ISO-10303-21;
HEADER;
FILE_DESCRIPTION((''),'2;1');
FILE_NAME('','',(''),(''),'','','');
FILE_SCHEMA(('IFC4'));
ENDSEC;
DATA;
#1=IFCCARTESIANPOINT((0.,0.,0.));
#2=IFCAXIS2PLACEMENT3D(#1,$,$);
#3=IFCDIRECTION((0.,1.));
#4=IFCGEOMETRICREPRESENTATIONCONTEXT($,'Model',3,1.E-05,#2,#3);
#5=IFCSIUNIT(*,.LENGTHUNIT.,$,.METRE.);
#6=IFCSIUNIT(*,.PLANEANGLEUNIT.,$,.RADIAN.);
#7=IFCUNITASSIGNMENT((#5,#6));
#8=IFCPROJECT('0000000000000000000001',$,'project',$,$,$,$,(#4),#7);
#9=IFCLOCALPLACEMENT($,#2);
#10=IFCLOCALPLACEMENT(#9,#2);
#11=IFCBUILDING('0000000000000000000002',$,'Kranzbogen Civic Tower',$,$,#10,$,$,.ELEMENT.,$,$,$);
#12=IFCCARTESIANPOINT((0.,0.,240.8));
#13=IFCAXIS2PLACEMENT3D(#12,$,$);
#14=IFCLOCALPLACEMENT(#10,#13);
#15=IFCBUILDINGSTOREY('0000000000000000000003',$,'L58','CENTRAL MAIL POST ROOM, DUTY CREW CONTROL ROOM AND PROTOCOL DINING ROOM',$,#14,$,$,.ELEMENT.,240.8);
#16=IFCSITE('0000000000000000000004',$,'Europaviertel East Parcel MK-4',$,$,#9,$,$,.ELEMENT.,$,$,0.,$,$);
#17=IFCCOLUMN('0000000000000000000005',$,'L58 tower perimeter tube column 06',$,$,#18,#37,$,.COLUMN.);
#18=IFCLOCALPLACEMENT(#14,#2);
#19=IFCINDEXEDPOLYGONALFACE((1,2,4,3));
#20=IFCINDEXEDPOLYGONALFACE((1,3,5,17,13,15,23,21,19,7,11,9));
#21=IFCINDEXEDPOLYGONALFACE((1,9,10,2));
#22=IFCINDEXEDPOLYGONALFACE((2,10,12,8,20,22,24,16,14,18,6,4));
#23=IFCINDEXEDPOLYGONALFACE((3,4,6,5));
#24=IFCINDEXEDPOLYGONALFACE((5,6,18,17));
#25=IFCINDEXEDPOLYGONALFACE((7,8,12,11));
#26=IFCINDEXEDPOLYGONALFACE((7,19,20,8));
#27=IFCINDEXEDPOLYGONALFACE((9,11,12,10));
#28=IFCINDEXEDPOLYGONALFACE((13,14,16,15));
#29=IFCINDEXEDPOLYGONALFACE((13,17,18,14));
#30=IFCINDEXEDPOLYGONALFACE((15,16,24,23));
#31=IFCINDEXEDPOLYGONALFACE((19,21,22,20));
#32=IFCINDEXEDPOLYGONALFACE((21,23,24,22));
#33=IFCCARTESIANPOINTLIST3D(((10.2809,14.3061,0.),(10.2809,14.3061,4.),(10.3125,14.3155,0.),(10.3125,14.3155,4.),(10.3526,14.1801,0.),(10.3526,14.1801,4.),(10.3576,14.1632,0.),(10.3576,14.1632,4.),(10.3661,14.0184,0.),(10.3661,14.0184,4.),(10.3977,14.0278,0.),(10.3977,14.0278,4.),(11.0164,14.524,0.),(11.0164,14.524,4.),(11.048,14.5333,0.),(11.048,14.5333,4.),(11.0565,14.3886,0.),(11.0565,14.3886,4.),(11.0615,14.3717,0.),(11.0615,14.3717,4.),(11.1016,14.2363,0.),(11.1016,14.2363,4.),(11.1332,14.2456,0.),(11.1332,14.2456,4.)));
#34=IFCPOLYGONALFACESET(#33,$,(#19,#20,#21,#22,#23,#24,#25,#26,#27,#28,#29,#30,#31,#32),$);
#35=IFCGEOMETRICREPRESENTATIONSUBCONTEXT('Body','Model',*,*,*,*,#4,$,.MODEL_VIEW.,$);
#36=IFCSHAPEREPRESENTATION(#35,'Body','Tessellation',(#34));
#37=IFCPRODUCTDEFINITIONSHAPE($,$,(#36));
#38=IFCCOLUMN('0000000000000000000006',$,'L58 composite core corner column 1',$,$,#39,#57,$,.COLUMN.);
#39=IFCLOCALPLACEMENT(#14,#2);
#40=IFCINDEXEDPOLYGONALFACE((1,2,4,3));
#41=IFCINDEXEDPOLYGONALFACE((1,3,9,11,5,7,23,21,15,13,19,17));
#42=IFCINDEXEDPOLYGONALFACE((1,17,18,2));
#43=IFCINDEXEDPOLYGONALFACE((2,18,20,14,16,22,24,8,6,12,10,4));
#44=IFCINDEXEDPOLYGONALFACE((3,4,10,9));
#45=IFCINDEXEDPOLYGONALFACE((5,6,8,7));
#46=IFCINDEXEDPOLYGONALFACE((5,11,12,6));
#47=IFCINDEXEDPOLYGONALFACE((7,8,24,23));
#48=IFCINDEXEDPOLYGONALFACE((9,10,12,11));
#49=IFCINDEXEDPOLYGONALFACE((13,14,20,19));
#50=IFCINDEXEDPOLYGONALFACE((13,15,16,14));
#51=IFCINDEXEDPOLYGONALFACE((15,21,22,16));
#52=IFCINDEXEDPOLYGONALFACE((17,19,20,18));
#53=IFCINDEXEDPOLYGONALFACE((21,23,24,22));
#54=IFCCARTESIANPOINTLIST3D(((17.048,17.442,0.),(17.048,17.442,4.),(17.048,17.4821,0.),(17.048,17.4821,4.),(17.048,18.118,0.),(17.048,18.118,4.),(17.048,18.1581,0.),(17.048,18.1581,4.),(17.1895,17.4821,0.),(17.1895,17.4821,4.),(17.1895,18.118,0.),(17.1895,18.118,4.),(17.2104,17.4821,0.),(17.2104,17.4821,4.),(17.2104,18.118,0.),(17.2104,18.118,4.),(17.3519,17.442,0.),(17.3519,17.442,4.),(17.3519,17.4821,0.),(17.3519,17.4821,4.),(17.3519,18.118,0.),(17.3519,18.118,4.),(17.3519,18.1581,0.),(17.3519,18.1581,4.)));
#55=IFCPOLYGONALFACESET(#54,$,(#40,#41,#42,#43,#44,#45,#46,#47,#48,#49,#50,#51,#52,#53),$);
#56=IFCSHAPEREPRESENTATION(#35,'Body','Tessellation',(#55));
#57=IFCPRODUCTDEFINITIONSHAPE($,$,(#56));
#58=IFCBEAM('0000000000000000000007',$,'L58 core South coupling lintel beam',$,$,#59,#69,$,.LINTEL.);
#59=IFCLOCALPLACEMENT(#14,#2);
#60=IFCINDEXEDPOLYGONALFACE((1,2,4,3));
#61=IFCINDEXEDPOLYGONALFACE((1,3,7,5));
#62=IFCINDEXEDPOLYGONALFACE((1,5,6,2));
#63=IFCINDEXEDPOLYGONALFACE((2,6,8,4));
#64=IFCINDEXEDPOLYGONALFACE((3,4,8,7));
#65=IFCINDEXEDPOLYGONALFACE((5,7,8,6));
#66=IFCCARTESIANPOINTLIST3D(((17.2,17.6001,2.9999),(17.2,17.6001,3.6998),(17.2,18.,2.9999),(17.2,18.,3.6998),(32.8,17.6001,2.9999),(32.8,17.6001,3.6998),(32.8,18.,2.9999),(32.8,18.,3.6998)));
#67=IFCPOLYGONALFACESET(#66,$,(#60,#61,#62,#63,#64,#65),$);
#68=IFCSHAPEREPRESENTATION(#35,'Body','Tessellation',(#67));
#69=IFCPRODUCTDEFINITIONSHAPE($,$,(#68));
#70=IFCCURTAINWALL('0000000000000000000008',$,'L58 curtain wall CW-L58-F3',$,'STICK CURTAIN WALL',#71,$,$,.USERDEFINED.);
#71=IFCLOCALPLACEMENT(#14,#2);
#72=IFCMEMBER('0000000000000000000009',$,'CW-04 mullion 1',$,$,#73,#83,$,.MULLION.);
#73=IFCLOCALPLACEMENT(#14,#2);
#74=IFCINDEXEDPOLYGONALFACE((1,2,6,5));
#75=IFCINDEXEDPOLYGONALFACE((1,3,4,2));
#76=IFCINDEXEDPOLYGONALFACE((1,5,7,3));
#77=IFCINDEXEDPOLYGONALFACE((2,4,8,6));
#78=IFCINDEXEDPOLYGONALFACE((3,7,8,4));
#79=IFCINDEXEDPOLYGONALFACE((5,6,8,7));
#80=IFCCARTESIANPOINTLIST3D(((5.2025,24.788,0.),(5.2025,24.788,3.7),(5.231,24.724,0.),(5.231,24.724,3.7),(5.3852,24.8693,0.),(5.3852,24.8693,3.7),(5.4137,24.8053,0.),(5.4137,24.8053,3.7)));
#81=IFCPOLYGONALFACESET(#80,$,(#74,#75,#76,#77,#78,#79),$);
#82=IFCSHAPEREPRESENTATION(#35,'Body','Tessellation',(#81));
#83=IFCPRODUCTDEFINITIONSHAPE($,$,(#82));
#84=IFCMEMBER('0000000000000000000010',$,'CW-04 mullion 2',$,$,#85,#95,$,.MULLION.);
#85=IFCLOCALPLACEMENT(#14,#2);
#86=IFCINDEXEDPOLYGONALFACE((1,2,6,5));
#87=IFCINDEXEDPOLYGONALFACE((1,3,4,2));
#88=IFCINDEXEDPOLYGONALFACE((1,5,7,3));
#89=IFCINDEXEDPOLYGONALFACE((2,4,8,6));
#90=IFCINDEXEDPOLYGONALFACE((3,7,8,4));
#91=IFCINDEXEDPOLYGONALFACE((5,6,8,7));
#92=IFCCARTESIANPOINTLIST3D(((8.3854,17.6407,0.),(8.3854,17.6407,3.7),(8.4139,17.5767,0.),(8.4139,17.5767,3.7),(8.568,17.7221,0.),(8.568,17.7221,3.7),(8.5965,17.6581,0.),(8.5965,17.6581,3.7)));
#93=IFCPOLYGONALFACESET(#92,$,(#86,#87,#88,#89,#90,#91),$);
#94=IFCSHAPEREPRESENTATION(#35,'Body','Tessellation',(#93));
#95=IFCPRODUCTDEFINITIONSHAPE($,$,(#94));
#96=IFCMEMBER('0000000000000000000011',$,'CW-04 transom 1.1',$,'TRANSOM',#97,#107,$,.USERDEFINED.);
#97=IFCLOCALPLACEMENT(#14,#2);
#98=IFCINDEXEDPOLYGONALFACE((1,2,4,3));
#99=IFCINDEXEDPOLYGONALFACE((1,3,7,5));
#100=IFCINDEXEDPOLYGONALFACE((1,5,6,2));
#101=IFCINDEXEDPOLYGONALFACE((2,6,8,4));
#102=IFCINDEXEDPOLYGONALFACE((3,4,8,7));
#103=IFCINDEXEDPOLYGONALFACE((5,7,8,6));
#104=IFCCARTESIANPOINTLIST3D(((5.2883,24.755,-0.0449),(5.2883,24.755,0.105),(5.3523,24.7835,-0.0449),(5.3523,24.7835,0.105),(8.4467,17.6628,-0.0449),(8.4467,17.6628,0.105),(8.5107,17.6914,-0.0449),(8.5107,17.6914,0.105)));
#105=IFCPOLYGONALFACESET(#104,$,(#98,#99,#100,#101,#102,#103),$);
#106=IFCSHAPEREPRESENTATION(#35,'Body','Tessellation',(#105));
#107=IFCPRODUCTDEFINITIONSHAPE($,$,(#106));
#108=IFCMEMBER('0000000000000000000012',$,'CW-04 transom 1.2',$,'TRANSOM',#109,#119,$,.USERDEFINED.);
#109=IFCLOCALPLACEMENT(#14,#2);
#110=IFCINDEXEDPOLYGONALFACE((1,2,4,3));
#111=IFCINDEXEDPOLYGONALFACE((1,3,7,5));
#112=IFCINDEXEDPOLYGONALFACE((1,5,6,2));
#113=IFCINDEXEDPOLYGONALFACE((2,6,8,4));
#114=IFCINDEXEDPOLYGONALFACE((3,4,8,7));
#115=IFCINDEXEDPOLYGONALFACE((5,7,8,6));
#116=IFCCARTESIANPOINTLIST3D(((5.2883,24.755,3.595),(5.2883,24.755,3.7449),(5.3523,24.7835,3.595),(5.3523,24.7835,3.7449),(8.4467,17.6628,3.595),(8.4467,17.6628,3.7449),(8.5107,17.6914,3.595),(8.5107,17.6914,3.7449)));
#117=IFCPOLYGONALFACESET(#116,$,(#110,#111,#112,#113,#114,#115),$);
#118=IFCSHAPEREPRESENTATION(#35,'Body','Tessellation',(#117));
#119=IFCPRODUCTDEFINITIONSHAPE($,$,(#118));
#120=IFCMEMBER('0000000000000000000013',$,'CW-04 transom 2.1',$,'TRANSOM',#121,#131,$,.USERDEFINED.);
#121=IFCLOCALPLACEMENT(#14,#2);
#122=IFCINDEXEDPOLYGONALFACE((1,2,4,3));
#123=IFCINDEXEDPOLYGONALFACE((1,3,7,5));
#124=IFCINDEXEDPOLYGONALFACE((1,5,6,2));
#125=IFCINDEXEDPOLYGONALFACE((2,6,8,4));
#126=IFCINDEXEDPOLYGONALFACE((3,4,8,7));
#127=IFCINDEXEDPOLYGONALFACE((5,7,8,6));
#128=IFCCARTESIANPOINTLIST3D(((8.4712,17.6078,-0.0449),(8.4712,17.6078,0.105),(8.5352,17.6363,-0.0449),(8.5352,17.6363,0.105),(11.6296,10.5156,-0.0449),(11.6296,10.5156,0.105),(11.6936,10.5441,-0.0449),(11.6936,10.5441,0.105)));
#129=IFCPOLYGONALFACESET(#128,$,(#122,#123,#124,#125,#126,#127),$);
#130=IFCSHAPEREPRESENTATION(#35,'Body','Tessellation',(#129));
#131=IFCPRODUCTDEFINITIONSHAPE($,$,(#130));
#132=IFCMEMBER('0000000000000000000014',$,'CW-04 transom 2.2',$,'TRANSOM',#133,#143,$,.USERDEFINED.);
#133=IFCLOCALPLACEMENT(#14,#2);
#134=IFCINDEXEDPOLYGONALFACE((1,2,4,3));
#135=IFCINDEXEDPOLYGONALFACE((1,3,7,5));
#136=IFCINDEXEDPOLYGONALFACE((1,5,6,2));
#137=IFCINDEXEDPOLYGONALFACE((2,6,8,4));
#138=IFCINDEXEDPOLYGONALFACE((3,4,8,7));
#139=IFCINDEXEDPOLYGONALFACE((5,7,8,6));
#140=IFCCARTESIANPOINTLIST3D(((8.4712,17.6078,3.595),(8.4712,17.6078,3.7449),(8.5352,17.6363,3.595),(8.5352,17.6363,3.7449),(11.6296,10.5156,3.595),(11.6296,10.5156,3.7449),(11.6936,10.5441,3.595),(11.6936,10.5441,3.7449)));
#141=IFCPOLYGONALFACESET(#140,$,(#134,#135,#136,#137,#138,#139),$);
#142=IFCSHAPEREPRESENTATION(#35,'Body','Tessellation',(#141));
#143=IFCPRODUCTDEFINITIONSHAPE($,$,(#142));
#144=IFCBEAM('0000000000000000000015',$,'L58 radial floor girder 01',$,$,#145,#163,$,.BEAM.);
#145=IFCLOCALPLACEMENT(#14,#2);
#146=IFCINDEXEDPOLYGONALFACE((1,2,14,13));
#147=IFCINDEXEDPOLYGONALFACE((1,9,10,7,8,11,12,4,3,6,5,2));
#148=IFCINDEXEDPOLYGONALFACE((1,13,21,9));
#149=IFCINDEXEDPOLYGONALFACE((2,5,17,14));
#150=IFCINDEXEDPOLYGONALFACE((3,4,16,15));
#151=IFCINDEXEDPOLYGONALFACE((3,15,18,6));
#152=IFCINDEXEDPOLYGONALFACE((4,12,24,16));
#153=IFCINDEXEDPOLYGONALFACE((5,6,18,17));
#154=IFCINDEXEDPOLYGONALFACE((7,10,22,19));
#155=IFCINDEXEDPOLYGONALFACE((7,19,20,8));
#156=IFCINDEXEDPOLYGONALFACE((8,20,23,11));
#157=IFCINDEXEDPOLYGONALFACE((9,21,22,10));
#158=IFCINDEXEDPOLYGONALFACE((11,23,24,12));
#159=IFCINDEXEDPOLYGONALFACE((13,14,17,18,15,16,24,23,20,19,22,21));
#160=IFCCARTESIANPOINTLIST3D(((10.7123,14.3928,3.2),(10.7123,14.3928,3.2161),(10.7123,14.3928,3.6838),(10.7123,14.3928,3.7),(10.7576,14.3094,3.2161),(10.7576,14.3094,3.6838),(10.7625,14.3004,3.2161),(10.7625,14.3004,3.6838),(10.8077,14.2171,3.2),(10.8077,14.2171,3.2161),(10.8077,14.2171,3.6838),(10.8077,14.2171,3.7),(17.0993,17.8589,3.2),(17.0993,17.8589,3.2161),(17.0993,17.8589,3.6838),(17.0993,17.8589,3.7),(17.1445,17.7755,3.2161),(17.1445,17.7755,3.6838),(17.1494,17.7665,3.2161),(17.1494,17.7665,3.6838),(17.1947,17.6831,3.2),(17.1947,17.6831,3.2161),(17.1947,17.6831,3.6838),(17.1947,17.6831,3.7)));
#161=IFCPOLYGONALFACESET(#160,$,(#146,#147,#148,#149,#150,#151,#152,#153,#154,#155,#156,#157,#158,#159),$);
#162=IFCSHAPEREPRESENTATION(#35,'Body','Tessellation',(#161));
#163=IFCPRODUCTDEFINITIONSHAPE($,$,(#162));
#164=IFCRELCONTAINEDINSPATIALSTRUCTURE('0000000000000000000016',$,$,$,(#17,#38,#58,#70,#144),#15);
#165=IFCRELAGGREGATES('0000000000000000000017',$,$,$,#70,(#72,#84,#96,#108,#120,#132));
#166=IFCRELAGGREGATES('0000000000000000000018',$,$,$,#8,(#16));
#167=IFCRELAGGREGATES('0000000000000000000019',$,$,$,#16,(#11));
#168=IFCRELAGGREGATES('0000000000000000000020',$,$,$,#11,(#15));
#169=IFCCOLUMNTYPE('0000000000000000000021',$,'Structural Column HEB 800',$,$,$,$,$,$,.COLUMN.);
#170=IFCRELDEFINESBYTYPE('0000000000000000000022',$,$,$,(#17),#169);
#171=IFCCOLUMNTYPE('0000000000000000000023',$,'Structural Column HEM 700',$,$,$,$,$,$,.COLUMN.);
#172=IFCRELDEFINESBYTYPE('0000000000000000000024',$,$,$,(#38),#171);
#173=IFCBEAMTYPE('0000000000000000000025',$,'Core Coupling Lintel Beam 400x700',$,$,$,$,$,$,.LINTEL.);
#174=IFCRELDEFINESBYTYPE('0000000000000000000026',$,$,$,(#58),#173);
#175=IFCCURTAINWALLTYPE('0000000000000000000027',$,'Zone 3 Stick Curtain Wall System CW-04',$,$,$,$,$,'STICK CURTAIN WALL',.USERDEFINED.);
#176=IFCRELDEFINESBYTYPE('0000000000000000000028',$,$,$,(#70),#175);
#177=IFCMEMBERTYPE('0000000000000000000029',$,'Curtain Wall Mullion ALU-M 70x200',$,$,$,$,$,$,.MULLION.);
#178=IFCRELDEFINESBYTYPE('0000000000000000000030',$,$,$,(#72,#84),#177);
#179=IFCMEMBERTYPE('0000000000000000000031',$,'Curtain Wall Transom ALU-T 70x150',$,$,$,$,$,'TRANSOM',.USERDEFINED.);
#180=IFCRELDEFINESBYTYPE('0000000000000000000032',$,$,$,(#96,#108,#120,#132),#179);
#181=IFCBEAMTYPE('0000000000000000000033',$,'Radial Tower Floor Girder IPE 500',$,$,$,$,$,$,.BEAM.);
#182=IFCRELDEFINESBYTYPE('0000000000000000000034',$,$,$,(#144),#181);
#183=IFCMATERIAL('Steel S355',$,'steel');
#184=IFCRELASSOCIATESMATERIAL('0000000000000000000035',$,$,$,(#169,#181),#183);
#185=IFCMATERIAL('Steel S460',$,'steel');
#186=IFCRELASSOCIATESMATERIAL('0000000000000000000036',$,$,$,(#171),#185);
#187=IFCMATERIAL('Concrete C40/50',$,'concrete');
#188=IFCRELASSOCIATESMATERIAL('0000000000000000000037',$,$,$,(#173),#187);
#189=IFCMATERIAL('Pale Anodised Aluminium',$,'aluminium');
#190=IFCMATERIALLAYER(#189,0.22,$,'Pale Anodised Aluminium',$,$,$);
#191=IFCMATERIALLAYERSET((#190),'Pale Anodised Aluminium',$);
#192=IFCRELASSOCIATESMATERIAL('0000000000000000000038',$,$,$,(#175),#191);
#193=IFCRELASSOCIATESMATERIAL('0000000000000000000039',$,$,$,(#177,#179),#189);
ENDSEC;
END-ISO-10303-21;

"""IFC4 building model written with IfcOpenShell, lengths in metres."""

from ifc_helpers import new_model, si_unit, direction, frame, origin, origin_2d, place, context, subcontext, project, spatial, rectangle, i_section, extrude, material, layer, layer_set, material_profile, profile_set, type_object, element, aggregate, save


model = new_model("IFC4")

# Units and contexts
model_context = context("Model", 3, precision=1e-05, world=origin(), true_north=direction((0.0, 1.0)))
body_context = subcontext(model_context, "Body", "Model", "MODEL_VIEW")
ifc_project = project(units=[si_unit("LENGTHUNIT", "METRE"), si_unit("PLANEANGLEUNIT", "RADIAN")], contexts=[model_context])

# Site, building, storey
site_placement = place(None, origin())
site = spatial("IfcSite", under=ifc_project, at=site_placement, Name="Europaviertel East Parcel MK-4", CompositionType="ELEMENT", RefElevation=0.0)
building_placement = place(site_placement, origin())
building = spatial("IfcBuilding", under=site, at=building_placement, Name="Kranzbogen Civic Tower", CompositionType="ELEMENT")
storey_placement = place(building_placement, frame((0.0, 0.0, 240.8)))
storey = spatial("IfcBuildingStorey", under=building, at=storey_placement, Name="L58", Description="CENTRAL MAIL POST ROOM, DUTY CREW CONTROL ROOM AND PROTOCOL DINING ROOM", CompositionType="ELEMENT", Elevation=240.8)

# Columns
ifc_material_1 = material(Name="Steel S355", Category="steel")
ifc_material_profile_1 = material_profile(ifc_material_1, i_section(OverallWidth=0.3, OverallDepth=0.8, WebThickness=0.0176, FlangeThickness=0.033, at=origin_2d()), Name="HEB 800")
ifc_profile_set_1 = profile_set([ifc_material_profile_1], Name="Steel S355")
column_type_1 = type_object("IfcColumnType", Name="Structural Column HEB 800", PredefinedType="COLUMN", material=ifc_profile_set_1)
column_1_placement = place(storey_placement, frame((10.707, 14.2759, 0.0), z_axis=(0.0, 0.0, 1.0), x_axis=(-0.284015, 0.95882, 0.0)))
element("IfcColumn", 1, at=column_1_placement, inside=storey, type_object=column_type_1, Name="L58 tower perimeter tube column 06", PredefinedType="COLUMN", context=body_context, shape_type="SweptSolid", body=[
    extrude(i_section(OverallWidth=0.3, OverallDepth=0.8, WebThickness=0.0176, FlangeThickness=0.033, at=origin_2d()), origin(), (0.0, 0.0, 1.0), 4.0),
])
ifc_material_2 = material(Name="Steel S460", Category="steel")
ifc_material_profile_2 = material_profile(ifc_material_2, i_section(OverallWidth=0.304, OverallDepth=0.7161, WebThickness=0.021, FlangeThickness=0.04, at=origin_2d()), Name="HEM 700")
ifc_profile_set_2 = profile_set([ifc_material_profile_2], Name="Steel S460")
column_type_2 = type_object("IfcColumnType", Name="Structural Column HEM 700", PredefinedType="COLUMN", material=ifc_profile_set_2)
column_2_placement = place(storey_placement, frame((17.2, 17.8, 0.0), z_axis=(0.0, 0.0, 1.0), x_axis=(1.0, 0.0, 0.0)))
element("IfcColumn", 2, at=column_2_placement, inside=storey, type_object=column_type_2, Name="L58 composite core corner column 1", PredefinedType="COLUMN", context=body_context, shape_type="SweptSolid", body=[
    extrude(i_section(OverallWidth=0.304, OverallDepth=0.7161, WebThickness=0.021, FlangeThickness=0.04, at=origin_2d()), origin(), (0.0, 0.0, 1.0), 4.0),
])

# Beam
ifc_material_3 = material(Name="Concrete C40/50", Category="concrete")
ifc_material_profile_3 = material_profile(ifc_material_3, rectangle(XDim=0.3999, YDim=0.7, at=origin_2d()), Name="RC-BM 400x700")
ifc_profile_set_3 = profile_set([ifc_material_profile_3], Name="Concrete C40/50")
beam_type_1 = type_object("IfcBeamType", Name="Core Coupling Lintel Beam 400x700", PredefinedType="LINTEL", material=ifc_profile_set_3)
beam_1_placement = place(storey_placement, frame((17.2, 17.8, 3.3499), z_axis=(1.0, 0.0, 0.0), x_axis=(0.0, 1.0, 0.0)))
element("IfcBeam", 3, at=beam_1_placement, inside=storey, type_object=beam_type_1, Name="L58 core South coupling lintel beam", PredefinedType="LINTEL", context=body_context, shape_type="SweptSolid", body=[
    extrude(rectangle(XDim=0.3999, YDim=0.7, at=origin_2d()), origin(), (0.0, 0.0, 1.0), 15.6001),
])

# Curtain wall, members
ifc_material_4 = material(Name="Pale Anodised Aluminium", Category="aluminium")
ifc_layer_1 = layer(ifc_material_4, 0.22, Name="Pale Anodised Aluminium")
ifc_layer_set_1 = layer_set([ifc_layer_1], Name="Pale Anodised Aluminium")
curtain_wall_type = type_object("IfcCurtainWallType", Name="Zone 3 Stick Curtain Wall System CW-04", ElementType="STICK CURTAIN WALL", PredefinedType="USERDEFINED", material=ifc_layer_set_1)
curtain_wall_placement = place(storey_placement, origin())
curtain_wall = element("IfcCurtainWall", 4, at=curtain_wall_placement, inside=storey, type_object=curtain_wall_type, Name="L58 curtain wall CW-L58-F3", ObjectType="STICK CURTAIN WALL", PredefinedType="USERDEFINED")
ifc_material_profile_4 = material_profile(ifc_material_4, rectangle(XDim=0.0701, YDim=0.2, at=origin_2d()), Name="ALU-M 70x200")
ifc_profile_set_4 = profile_set([ifc_material_profile_4], Name="Pale Anodised Aluminium")
member_type_1 = type_object("IfcMemberType", Name="Curtain Wall Mullion ALU-M 70x200", PredefinedType="MULLION", material=ifc_profile_set_4)
member_1_placement = place(storey_placement, frame((5.3081, 24.7966, 0.0), z_axis=(0.0, 0.0, 1.0), x_axis=(0.406812, -0.913512, 0.0)))
member_1 = element("IfcMember", 5, at=member_1_placement, type_object=member_type_1, Name="CW-04 mullion 1", PredefinedType="MULLION", context=body_context, shape_type="SweptSolid", body=[
    extrude(rectangle(XDim=0.0701, YDim=0.2, at=origin_2d()), origin(), (0.0, 0.0, 1.0), 3.7),
])
member_2_placement = place(storey_placement, frame((8.491, 17.6494, 0.0), z_axis=(0.0, 0.0, 1.0), x_axis=(0.406812, -0.913512, 0.0)))
member_2 = element("IfcMember", 6, at=member_2_placement, type_object=member_type_1, Name="CW-04 mullion 2", PredefinedType="MULLION", context=body_context, shape_type="SweptSolid", body=[
    extrude(rectangle(XDim=0.0701, YDim=0.2, at=origin_2d()), origin(), (0.0, 0.0, 1.0), 3.7),
])
ifc_material_profile_5 = material_profile(ifc_material_4, rectangle(XDim=0.0701, YDim=0.1499, at=origin_2d()), Name="ALU-T 70x150")
ifc_profile_set_5 = profile_set([ifc_material_profile_5], Name="Pale Anodised Aluminium")
member_type_2 = type_object("IfcMemberType", Name="Curtain Wall Transom ALU-T 70x150", ElementType="TRANSOM", PredefinedType="USERDEFINED", material=ifc_profile_set_5)
member_3_placement = place(storey_placement, frame((5.3203, 24.7693, 0.03), z_axis=(0.406818, -0.913509, 0.0), x_axis=(0.913509, 0.406818, 0.0)))
member_3 = element("IfcMember", 7, at=member_3_placement, type_object=member_type_2, Name="CW-04 transom 1.1", ObjectType="TRANSOM", PredefinedType="USERDEFINED", context=body_context, shape_type="SweptSolid", body=[
    extrude(rectangle(XDim=0.0701, YDim=0.1499, at=origin_2d()), origin(), (0.0, 0.0, 1.0), 7.7637),
])
member_4_placement = place(storey_placement, frame((5.3203, 24.7693, 3.6699), z_axis=(0.406818, -0.913509, 0.0), x_axis=(0.913509, 0.406818, 0.0)))
member_4 = element("IfcMember", 8, at=member_4_placement, type_object=member_type_2, Name="CW-04 transom 1.2", ObjectType="TRANSOM", PredefinedType="USERDEFINED", context=body_context, shape_type="SweptSolid", body=[
    extrude(rectangle(XDim=0.0701, YDim=0.1499, at=origin_2d()), origin(), (0.0, 0.0, 1.0), 7.7637),
])
member_5_placement = place(storey_placement, frame((8.5032, 17.6221, 0.03), z_axis=(0.406818, -0.913509, 0.0), x_axis=(0.913509, 0.406818, 0.0)))
member_5 = element("IfcMember", 9, at=member_5_placement, type_object=member_type_2, Name="CW-04 transom 2.1", ObjectType="TRANSOM", PredefinedType="USERDEFINED", context=body_context, shape_type="SweptSolid", body=[
    extrude(rectangle(XDim=0.0701, YDim=0.1499, at=origin_2d()), origin(), (0.0, 0.0, 1.0), 7.7637),
])
member_6_placement = place(storey_placement, frame((8.5032, 17.6221, 3.6699), z_axis=(0.406818, -0.913509, 0.0), x_axis=(0.913509, 0.406818, 0.0)))
member_6 = element("IfcMember", 10, at=member_6_placement, type_object=member_type_2, Name="CW-04 transom 2.2", ObjectType="TRANSOM", PredefinedType="USERDEFINED", context=body_context, shape_type="SweptSolid", body=[
    extrude(rectangle(XDim=0.0701, YDim=0.1499, at=origin_2d()), origin(), (0.0, 0.0, 1.0), 7.7637),
])

# Beam
ifc_material_profile_6 = material_profile(ifc_material_1, i_section(OverallWidth=0.2, OverallDepth=0.5, WebThickness=0.0103, FlangeThickness=0.0161, at=origin_2d()), Name="IPE 500")
ifc_profile_set_6 = profile_set([ifc_material_profile_6], Name="Steel S355")
beam_type_2 = type_object("IfcBeamType", Name="Radial Tower Floor Girder IPE 500", PredefinedType="BEAM", material=ifc_profile_set_6)
beam_2_placement = place(storey_placement, frame((10.76, 14.3049, 3.45), z_axis=(0.878919, 0.47697, 0.0), x_axis=(-0.47697, 0.878919, 0.0)))
element("IfcBeam", 11, at=beam_2_placement, inside=storey, type_object=beam_type_2, Name="L58 radial floor girder 01", PredefinedType="BEAM", context=body_context, shape_type="SweptSolid", body=[
    extrude(i_section(OverallWidth=0.2, OverallDepth=0.5, WebThickness=0.0103, FlangeThickness=0.0161, at=origin_2d()), origin(), (0.0, 0.0, 1.0), 7.2668),
])

aggregate(curtain_wall, [member_1, member_2, member_3, member_4, member_5, member_6])

save(model, "model.ifc")
